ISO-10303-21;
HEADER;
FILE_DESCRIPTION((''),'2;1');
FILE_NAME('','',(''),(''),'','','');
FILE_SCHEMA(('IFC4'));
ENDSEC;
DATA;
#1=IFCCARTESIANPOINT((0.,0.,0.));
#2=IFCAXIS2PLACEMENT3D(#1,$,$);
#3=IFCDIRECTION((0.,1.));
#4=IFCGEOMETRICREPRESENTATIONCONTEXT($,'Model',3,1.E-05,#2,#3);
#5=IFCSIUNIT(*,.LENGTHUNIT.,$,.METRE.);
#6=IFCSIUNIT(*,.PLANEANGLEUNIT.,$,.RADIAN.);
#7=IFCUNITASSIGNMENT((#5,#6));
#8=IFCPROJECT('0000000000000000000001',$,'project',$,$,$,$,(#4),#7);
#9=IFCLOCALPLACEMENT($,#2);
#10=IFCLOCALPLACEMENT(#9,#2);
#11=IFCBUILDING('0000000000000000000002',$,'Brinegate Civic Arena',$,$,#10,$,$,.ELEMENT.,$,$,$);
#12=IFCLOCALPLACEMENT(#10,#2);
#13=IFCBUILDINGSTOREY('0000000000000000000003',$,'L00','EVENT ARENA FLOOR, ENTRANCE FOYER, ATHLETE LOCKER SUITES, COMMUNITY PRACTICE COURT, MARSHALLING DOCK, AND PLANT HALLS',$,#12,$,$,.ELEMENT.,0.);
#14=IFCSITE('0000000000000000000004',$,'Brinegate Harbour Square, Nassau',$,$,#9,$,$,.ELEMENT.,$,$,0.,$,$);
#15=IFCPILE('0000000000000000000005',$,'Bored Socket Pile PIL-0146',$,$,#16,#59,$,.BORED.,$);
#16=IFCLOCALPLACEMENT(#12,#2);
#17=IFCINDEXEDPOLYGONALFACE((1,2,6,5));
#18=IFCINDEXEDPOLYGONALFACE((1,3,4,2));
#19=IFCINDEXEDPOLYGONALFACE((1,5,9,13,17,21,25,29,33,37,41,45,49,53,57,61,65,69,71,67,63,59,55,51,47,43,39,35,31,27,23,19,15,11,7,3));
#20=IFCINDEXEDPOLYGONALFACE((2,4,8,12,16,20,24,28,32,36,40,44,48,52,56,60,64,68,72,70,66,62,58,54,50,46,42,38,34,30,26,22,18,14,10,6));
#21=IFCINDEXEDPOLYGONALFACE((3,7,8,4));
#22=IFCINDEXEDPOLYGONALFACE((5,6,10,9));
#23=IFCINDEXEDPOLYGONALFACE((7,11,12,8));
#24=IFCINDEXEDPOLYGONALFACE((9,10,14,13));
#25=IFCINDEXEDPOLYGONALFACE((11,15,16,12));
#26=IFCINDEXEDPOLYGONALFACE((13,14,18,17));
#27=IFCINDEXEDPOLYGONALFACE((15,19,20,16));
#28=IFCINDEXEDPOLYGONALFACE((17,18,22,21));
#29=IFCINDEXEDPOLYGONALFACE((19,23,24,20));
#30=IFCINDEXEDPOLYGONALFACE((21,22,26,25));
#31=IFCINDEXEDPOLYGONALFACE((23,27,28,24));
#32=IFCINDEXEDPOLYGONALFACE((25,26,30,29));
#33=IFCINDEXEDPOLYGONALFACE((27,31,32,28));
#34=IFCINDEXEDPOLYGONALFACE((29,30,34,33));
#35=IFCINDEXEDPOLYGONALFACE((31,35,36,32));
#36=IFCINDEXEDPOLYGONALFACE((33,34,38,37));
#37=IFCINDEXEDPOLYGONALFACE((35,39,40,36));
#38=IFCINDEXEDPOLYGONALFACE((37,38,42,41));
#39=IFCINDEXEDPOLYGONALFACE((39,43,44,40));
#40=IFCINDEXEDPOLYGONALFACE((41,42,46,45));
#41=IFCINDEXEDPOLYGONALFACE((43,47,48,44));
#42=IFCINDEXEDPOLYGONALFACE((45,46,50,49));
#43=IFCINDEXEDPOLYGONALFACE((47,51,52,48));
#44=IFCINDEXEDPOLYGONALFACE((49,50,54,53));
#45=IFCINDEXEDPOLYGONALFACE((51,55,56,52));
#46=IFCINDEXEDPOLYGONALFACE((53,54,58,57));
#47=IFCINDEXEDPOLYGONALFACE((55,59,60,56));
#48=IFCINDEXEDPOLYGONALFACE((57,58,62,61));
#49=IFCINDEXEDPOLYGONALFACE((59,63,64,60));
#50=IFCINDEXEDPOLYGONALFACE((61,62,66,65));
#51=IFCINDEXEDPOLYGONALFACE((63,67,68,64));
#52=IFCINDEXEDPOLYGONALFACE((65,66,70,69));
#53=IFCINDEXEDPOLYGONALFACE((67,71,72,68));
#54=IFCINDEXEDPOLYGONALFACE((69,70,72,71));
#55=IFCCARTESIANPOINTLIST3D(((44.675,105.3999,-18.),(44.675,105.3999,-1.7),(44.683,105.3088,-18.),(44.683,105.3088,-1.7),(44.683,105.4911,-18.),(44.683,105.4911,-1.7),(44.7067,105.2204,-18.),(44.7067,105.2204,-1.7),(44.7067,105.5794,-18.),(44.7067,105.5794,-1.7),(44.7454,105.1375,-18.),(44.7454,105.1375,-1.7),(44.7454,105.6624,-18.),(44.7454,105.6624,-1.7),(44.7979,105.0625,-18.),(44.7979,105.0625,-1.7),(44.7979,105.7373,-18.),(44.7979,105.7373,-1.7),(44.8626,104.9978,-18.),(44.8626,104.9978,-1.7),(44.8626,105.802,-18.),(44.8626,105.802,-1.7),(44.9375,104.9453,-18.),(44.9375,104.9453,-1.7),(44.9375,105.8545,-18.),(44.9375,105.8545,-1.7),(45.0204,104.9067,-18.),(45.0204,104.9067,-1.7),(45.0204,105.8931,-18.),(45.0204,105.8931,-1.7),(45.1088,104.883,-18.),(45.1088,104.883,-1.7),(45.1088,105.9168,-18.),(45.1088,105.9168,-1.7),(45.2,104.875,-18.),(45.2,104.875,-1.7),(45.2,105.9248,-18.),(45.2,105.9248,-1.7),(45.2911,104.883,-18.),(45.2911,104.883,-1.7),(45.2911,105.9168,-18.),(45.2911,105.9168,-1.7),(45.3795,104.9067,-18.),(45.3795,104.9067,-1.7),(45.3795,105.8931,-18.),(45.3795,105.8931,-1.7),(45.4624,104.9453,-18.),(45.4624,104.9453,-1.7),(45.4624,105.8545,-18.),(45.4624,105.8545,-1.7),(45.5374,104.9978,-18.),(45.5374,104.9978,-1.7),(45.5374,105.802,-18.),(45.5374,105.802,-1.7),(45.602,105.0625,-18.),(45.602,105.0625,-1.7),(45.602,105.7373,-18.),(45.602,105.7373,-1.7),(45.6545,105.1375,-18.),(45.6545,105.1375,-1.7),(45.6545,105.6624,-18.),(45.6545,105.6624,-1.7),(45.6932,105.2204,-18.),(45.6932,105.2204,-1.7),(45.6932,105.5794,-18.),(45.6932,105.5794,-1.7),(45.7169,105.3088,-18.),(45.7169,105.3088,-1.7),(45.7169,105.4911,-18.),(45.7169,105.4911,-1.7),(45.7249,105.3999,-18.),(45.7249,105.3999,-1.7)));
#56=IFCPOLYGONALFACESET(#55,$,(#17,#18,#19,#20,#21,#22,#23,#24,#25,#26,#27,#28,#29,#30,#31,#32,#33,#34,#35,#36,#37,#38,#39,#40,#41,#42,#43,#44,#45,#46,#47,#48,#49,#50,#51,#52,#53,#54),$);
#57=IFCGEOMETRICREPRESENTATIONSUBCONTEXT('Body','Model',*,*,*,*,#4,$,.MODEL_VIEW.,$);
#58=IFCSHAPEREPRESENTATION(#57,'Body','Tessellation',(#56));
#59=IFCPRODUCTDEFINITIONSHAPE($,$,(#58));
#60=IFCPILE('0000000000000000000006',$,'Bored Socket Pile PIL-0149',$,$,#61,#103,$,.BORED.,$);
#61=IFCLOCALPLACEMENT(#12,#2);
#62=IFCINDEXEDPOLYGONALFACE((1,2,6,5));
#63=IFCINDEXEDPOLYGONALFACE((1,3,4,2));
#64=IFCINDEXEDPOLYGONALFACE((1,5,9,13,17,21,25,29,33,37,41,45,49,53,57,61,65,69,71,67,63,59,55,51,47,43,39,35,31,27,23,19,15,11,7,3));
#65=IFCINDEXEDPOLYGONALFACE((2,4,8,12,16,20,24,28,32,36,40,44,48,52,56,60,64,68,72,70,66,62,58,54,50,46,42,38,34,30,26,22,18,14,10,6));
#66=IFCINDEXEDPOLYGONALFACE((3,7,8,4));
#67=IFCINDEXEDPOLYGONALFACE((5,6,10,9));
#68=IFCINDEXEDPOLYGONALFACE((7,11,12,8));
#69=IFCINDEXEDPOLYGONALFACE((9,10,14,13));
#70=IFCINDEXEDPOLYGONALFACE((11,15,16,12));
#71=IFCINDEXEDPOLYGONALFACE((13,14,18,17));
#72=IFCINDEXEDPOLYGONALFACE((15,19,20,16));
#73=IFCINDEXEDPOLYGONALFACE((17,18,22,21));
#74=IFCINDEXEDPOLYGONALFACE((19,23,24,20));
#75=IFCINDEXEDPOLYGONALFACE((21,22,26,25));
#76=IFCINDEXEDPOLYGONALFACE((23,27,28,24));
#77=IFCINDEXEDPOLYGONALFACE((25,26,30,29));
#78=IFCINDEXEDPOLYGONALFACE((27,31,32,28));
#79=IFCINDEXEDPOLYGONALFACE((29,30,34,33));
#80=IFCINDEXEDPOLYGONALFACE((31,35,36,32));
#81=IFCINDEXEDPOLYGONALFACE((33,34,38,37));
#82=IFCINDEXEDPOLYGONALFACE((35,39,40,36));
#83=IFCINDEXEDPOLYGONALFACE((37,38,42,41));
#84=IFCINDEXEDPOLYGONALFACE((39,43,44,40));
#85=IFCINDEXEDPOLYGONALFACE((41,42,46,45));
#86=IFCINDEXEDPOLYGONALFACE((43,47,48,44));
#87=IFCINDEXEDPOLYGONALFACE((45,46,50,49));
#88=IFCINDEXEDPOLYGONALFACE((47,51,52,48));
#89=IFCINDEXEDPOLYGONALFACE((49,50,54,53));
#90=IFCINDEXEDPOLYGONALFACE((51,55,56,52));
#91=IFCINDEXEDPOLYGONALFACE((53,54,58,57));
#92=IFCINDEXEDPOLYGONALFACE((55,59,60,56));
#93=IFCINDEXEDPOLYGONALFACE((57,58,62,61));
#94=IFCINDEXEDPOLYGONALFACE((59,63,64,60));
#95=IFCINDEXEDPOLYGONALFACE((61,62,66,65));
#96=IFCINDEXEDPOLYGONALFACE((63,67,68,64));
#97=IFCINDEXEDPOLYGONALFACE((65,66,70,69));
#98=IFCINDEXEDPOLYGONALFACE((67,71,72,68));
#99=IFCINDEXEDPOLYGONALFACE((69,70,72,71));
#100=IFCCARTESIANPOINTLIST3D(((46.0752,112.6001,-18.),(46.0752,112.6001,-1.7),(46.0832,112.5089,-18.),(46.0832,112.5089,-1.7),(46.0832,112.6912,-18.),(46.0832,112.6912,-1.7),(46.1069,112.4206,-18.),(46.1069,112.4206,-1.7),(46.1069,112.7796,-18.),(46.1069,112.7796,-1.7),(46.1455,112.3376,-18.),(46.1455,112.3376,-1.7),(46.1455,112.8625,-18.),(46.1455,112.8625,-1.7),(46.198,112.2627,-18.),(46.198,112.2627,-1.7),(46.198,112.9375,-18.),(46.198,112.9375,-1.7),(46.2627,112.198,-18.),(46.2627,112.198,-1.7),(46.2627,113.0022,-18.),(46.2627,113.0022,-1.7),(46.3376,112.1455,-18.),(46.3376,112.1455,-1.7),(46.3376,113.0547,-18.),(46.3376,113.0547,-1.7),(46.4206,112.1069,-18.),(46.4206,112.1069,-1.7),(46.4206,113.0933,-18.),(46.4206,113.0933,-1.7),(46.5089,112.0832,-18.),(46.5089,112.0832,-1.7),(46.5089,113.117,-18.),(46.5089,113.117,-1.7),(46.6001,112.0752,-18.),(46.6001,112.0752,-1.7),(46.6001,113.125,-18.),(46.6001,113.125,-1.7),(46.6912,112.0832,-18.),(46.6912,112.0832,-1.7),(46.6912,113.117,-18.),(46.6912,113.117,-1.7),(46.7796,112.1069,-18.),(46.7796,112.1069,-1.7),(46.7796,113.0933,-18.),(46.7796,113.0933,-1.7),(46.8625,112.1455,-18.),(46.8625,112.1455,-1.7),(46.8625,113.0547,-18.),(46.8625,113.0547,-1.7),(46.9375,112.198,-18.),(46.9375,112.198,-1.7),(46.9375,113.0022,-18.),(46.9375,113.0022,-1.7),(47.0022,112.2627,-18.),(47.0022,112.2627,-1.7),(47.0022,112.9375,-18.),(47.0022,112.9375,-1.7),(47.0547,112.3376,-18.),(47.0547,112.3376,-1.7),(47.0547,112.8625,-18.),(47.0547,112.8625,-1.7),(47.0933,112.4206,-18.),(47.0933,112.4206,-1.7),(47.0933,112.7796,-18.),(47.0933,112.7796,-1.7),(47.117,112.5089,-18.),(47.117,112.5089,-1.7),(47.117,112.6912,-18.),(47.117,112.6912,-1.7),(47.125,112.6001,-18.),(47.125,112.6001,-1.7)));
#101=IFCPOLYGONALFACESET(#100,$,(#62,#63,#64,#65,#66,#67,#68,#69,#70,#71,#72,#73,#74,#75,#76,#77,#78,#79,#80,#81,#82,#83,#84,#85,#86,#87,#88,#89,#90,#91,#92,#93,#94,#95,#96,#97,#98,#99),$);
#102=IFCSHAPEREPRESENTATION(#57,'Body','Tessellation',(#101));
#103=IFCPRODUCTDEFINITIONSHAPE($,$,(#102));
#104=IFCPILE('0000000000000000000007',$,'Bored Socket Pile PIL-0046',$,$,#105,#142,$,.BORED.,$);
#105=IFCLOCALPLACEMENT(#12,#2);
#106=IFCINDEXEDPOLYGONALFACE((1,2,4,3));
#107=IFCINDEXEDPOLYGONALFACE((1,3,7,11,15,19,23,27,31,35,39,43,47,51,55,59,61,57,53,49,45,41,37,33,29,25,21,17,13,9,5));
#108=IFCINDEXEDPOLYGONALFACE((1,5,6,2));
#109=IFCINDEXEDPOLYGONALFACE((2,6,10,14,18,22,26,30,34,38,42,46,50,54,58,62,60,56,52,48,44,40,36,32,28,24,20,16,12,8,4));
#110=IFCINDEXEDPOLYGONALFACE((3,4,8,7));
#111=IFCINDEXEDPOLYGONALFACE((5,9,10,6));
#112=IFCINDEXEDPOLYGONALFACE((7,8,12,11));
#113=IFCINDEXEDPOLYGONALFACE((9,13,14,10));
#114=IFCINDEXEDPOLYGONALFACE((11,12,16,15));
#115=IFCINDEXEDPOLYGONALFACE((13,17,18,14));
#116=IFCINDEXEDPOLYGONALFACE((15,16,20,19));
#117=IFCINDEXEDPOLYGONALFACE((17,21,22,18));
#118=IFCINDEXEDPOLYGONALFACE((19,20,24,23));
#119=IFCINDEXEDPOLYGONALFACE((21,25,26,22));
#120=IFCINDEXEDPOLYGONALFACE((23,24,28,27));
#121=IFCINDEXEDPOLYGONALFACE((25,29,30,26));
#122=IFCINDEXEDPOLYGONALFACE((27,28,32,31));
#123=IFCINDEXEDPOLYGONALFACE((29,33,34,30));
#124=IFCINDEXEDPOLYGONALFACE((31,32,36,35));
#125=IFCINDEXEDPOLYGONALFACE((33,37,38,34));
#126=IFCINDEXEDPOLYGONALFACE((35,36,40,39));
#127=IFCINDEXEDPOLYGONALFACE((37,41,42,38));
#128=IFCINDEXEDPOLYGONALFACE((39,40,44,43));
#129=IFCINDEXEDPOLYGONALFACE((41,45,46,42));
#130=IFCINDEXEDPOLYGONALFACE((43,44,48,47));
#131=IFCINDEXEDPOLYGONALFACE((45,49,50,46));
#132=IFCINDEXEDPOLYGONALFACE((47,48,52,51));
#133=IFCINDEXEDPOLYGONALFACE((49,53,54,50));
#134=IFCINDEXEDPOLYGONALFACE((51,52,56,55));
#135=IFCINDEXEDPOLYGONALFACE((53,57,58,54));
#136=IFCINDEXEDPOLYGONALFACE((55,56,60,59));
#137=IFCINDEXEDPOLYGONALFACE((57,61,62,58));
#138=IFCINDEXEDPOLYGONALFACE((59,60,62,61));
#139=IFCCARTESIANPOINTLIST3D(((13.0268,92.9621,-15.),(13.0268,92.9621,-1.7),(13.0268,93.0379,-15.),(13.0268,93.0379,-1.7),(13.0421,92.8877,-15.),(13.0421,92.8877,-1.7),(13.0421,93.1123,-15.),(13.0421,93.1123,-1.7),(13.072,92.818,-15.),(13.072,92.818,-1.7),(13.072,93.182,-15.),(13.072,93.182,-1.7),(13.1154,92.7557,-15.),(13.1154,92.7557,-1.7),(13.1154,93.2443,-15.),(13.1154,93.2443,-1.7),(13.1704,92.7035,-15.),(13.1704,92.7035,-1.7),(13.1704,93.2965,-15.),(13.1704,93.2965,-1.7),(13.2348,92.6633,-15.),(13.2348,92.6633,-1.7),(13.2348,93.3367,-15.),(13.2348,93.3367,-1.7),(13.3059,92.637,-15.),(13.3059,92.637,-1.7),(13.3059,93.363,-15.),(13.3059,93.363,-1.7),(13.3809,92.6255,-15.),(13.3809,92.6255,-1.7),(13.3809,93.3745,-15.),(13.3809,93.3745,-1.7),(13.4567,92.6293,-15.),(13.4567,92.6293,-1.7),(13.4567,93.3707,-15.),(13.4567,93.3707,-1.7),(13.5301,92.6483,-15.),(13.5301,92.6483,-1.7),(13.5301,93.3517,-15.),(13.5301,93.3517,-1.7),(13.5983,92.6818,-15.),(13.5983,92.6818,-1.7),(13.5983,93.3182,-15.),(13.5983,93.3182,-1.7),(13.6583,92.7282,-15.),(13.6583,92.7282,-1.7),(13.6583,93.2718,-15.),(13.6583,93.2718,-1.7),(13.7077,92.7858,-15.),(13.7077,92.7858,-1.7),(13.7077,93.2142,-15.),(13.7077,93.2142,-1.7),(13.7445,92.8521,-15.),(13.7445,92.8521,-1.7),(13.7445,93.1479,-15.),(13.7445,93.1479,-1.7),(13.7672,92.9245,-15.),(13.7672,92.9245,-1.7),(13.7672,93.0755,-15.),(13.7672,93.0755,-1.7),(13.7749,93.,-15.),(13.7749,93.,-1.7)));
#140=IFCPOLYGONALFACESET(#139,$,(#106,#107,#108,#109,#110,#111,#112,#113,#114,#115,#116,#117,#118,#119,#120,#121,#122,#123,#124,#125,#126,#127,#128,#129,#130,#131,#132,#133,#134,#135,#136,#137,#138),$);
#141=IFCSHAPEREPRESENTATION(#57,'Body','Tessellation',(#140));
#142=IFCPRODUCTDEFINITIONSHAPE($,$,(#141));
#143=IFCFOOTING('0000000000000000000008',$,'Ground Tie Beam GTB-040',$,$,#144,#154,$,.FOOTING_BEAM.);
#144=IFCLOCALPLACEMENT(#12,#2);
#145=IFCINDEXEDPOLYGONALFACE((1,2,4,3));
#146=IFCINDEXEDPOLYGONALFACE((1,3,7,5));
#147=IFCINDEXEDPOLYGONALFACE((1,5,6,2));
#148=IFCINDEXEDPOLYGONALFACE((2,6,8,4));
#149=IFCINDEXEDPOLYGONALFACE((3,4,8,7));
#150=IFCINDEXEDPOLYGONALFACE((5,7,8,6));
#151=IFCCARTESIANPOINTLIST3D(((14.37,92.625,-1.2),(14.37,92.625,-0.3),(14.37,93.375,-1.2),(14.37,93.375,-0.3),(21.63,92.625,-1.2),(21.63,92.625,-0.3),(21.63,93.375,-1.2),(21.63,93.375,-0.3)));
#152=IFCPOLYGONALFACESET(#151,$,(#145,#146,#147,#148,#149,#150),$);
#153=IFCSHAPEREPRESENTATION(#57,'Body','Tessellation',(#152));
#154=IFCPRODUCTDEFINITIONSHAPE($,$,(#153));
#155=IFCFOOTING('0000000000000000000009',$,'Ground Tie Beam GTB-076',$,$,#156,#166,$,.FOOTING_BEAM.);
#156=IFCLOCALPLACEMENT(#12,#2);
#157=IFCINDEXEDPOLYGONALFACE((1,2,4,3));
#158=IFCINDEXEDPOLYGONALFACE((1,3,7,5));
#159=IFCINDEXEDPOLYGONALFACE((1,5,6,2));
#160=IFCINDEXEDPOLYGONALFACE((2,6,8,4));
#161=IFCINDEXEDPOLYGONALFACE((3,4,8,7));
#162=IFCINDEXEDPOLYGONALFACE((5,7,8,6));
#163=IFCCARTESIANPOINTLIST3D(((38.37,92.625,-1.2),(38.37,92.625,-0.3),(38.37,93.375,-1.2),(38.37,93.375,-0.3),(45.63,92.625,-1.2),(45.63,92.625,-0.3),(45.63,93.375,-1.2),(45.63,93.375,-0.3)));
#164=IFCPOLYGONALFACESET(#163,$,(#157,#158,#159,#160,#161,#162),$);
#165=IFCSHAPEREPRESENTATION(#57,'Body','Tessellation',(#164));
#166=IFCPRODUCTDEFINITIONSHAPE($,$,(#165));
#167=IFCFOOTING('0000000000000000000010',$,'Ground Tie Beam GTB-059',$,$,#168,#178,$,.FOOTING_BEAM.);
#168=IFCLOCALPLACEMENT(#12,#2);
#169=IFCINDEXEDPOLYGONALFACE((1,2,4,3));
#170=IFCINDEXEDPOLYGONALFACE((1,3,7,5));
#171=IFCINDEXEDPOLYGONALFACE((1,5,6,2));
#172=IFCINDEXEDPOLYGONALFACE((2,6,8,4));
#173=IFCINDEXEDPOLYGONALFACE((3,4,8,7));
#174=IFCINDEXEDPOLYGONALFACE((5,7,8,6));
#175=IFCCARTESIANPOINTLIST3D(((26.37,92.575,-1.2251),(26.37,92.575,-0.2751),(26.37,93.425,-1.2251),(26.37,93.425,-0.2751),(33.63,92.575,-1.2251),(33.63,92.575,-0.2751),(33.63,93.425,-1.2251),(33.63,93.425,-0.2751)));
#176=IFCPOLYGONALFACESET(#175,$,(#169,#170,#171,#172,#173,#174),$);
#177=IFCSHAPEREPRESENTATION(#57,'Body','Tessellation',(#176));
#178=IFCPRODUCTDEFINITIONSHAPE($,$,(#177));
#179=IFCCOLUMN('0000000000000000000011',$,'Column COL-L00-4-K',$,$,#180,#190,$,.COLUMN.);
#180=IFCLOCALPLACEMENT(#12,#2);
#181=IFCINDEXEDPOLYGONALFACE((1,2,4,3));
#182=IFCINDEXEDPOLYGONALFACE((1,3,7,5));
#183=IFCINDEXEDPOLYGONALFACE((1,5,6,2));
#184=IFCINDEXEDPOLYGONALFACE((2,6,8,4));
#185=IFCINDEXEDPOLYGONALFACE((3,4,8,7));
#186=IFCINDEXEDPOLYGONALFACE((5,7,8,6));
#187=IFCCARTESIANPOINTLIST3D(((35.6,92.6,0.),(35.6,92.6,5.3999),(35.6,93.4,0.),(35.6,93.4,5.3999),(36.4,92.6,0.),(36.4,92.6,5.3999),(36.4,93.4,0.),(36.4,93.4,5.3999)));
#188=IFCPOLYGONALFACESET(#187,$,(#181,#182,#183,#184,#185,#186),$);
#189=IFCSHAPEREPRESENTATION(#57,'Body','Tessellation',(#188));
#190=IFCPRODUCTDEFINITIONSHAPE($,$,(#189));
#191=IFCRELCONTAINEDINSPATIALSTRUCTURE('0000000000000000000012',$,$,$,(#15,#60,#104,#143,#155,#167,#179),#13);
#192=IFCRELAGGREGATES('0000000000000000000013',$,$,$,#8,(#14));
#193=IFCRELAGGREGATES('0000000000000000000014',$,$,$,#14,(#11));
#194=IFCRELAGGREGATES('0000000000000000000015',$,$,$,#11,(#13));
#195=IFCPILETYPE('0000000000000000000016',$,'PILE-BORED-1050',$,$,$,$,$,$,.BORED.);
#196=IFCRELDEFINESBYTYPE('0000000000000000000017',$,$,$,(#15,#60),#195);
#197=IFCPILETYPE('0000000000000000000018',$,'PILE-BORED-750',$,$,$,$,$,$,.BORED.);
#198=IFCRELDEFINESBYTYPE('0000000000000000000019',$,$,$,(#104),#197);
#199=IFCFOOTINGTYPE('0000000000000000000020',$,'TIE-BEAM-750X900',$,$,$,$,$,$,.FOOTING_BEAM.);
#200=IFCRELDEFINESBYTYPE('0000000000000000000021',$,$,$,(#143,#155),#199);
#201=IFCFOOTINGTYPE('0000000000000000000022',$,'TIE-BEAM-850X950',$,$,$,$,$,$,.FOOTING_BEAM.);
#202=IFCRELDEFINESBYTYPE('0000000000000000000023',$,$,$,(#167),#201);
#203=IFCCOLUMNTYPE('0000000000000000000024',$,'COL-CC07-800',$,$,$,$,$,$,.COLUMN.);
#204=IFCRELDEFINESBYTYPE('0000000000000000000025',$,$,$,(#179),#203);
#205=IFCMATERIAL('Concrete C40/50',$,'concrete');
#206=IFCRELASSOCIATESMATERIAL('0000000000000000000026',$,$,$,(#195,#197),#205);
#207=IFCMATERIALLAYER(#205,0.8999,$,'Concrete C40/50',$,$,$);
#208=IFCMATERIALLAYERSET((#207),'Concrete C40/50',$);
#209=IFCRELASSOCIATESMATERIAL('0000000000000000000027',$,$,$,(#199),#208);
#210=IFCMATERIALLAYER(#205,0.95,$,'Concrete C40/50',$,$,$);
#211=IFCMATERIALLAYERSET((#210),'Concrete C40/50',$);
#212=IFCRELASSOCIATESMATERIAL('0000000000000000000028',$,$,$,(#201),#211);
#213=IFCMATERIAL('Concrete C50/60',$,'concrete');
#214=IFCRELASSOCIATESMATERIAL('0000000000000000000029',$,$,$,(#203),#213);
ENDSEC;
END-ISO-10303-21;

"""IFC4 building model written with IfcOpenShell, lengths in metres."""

from ifc_helpers import new_model, si_unit, direction, frame, origin, origin_2d, place, context, subcontext, project, spatial, rectangle, circle, extrude, material, layer, layer_set, material_profile, profile_set, type_object, element, save


model = new_model("IFC4")

# Units and contexts
model_context = context("Model", 3, precision=1e-05, world=origin(), true_north=direction((0.0, 1.0)))
body_context = subcontext(model_context, "Body", "Model", "MODEL_VIEW")
ifc_project = project(units=[si_unit("LENGTHUNIT", "METRE"), si_unit("PLANEANGLEUNIT", "RADIAN")], contexts=[model_context])

# Site, building, storey
site_placement = place(None, origin())
site = spatial("IfcSite", under=ifc_project, at=site_placement, Name="Brinegate Harbour Square, Nassau", CompositionType="ELEMENT", RefElevation=0.0)
building_placement = place(site_placement, origin())
building = spatial("IfcBuilding", under=site, at=building_placement, Name="Brinegate Civic Arena", CompositionType="ELEMENT")
storey_placement = place(building_placement, origin())
storey = spatial("IfcBuildingStorey", under=building, at=storey_placement, Name="L00", Description="EVENT ARENA FLOOR, ENTRANCE FOYER, ATHLETE LOCKER SUITES, COMMUNITY PRACTICE COURT, MARSHALLING DOCK, AND PLANT HALLS", CompositionType="ELEMENT", Elevation=0.0)

# Shared definitions
ifc_material_1 = material(Name="Concrete C40/50", Category="concrete")

# Piles
ifc_material_profile_1 = material_profile(ifc_material_1, circle(Radius=0.5249, at=origin_2d()), Name="PILED1050")
ifc_profile_set_1 = profile_set([ifc_material_profile_1], Name="Concrete C40/50")
pile_type_1 = type_object("IfcPileType", Name="PILE-BORED-1050", PredefinedType="BORED", material=ifc_profile_set_1)
for number, where, z_axis, x_axis, name in (
    (1, (45.2, 105.3999, -1.7), (0.0, 0.0, -1.0), (1.0, 0.0, 0.0), "Bored Socket Pile PIL-0146"),
    (2, (46.6001, 112.6001, -1.7), (0.0, 0.0, -1.0), (1.0, 0.0, 0.0), "Bored Socket Pile PIL-0149"),
):
    element("IfcPile", number, at=place(storey_placement, frame(where, z_axis=z_axis, x_axis=x_axis)), inside=storey, type_object=pile_type_1, Name=name, PredefinedType="BORED", context=body_context, shape_type="SweptSolid", body=[
        extrude(circle(Radius=0.5249, at=origin_2d()), origin(), (0.0, 0.0, 1.0), 16.3),
    ])
ifc_material_profile_2 = material_profile(ifc_material_1, circle(Radius=0.375, at=origin_2d()), Name="PILED750")
ifc_profile_set_2 = profile_set([ifc_material_profile_2], Name="Concrete C40/50")
pile_type_2 = type_object("IfcPileType", Name="PILE-BORED-750", PredefinedType="BORED", material=ifc_profile_set_2)
pile_placement = place(storey_placement, frame((13.3999, 93.0, -1.7), z_axis=(0.0, 0.0, -1.0), x_axis=(1.0, 0.0, 0.0)))
element("IfcPile", 3, at=pile_placement, inside=storey, type_object=pile_type_2, Name="Bored Socket Pile PIL-0046", PredefinedType="BORED", context=body_context, shape_type="SweptSolid", body=[
    extrude(circle(Radius=0.375, at=origin_2d()), origin(), (0.0, 0.0, 1.0), 13.3),
])

# Footings
ifc_layer_1 = layer(ifc_material_1, 0.8999, Name="Concrete C40/50")
ifc_layer_set_1 = layer_set([ifc_layer_1], Name="Concrete C40/50")
footing_type_1 = type_object("IfcFootingType", Name="TIE-BEAM-750X900", PredefinedType="FOOTING_BEAM", material=ifc_layer_set_1)
for number, where, z_axis, x_axis, name in (
    (4, (18.0, 93.0, -1.2), (0.0, 0.0, 1.0), (1.0, 0.0, 0.0), "Ground Tie Beam GTB-040"),
    (5, (42.0, 93.0, -1.2), (0.0, 0.0, 1.0), (1.0, 0.0, 0.0), "Ground Tie Beam GTB-076"),
):
    element("IfcFooting", number, at=place(storey_placement, frame(where, z_axis=z_axis, x_axis=x_axis)), inside=storey, type_object=footing_type_1, Name=name, PredefinedType="FOOTING_BEAM", context=body_context, shape_type="SweptSolid", body=[
        extrude(rectangle(XDim=7.26, YDim=0.75, at=origin_2d()), origin(), (0.0, 0.0, 1.0), 0.8999),
    ])
ifc_layer_2 = layer(ifc_material_1, 0.95, Name="Concrete C40/50")
ifc_layer_set_2 = layer_set([ifc_layer_2], Name="Concrete C40/50")
footing_type_2 = type_object("IfcFootingType", Name="TIE-BEAM-850X950", PredefinedType="FOOTING_BEAM", material=ifc_layer_set_2)
footing_placement = place(storey_placement, frame((30.0, 93.0, -1.2251), z_axis=(0.0, 0.0, 1.0), x_axis=(1.0, 0.0, 0.0)))
element("IfcFooting", 6, at=footing_placement, inside=storey, type_object=footing_type_2, Name="Ground Tie Beam GTB-059", PredefinedType="FOOTING_BEAM", context=body_context, shape_type="SweptSolid", body=[
    extrude(rectangle(XDim=7.26, YDim=0.8501, at=origin_2d()), origin(), (0.0, 0.0, 1.0), 0.95),
])

# Column
ifc_material_2 = material(Name="Concrete C50/60", Category="concrete")
ifc_material_profile_3 = material_profile(ifc_material_2, rectangle(XDim=0.8, YDim=0.8, at=origin_2d()), Name="RC800X800")
ifc_profile_set_3 = profile_set([ifc_material_profile_3], Name="Concrete C50/60")
column_type_1 = type_object("IfcColumnType", Name="COL-CC07-800", PredefinedType="COLUMN", material=ifc_profile_set_3)
column_1_placement = place(storey_placement, frame((36.0, 93.0, 0.0), z_axis=(0.0, 0.0, 1.0), x_axis=(1.0, 0.0, 0.0)))
element("IfcColumn", 7, at=column_1_placement, inside=storey, type_object=column_type_1, Name="Column COL-L00-4-K", PredefinedType="COLUMN", context=body_context, shape_type="SweptSolid", body=[
    extrude(rectangle(XDim=0.8, YDim=0.8, at=origin_2d()), origin(), (0.0, 0.0, 1.0), 5.3999),
])

save(model, "model.ifc")
